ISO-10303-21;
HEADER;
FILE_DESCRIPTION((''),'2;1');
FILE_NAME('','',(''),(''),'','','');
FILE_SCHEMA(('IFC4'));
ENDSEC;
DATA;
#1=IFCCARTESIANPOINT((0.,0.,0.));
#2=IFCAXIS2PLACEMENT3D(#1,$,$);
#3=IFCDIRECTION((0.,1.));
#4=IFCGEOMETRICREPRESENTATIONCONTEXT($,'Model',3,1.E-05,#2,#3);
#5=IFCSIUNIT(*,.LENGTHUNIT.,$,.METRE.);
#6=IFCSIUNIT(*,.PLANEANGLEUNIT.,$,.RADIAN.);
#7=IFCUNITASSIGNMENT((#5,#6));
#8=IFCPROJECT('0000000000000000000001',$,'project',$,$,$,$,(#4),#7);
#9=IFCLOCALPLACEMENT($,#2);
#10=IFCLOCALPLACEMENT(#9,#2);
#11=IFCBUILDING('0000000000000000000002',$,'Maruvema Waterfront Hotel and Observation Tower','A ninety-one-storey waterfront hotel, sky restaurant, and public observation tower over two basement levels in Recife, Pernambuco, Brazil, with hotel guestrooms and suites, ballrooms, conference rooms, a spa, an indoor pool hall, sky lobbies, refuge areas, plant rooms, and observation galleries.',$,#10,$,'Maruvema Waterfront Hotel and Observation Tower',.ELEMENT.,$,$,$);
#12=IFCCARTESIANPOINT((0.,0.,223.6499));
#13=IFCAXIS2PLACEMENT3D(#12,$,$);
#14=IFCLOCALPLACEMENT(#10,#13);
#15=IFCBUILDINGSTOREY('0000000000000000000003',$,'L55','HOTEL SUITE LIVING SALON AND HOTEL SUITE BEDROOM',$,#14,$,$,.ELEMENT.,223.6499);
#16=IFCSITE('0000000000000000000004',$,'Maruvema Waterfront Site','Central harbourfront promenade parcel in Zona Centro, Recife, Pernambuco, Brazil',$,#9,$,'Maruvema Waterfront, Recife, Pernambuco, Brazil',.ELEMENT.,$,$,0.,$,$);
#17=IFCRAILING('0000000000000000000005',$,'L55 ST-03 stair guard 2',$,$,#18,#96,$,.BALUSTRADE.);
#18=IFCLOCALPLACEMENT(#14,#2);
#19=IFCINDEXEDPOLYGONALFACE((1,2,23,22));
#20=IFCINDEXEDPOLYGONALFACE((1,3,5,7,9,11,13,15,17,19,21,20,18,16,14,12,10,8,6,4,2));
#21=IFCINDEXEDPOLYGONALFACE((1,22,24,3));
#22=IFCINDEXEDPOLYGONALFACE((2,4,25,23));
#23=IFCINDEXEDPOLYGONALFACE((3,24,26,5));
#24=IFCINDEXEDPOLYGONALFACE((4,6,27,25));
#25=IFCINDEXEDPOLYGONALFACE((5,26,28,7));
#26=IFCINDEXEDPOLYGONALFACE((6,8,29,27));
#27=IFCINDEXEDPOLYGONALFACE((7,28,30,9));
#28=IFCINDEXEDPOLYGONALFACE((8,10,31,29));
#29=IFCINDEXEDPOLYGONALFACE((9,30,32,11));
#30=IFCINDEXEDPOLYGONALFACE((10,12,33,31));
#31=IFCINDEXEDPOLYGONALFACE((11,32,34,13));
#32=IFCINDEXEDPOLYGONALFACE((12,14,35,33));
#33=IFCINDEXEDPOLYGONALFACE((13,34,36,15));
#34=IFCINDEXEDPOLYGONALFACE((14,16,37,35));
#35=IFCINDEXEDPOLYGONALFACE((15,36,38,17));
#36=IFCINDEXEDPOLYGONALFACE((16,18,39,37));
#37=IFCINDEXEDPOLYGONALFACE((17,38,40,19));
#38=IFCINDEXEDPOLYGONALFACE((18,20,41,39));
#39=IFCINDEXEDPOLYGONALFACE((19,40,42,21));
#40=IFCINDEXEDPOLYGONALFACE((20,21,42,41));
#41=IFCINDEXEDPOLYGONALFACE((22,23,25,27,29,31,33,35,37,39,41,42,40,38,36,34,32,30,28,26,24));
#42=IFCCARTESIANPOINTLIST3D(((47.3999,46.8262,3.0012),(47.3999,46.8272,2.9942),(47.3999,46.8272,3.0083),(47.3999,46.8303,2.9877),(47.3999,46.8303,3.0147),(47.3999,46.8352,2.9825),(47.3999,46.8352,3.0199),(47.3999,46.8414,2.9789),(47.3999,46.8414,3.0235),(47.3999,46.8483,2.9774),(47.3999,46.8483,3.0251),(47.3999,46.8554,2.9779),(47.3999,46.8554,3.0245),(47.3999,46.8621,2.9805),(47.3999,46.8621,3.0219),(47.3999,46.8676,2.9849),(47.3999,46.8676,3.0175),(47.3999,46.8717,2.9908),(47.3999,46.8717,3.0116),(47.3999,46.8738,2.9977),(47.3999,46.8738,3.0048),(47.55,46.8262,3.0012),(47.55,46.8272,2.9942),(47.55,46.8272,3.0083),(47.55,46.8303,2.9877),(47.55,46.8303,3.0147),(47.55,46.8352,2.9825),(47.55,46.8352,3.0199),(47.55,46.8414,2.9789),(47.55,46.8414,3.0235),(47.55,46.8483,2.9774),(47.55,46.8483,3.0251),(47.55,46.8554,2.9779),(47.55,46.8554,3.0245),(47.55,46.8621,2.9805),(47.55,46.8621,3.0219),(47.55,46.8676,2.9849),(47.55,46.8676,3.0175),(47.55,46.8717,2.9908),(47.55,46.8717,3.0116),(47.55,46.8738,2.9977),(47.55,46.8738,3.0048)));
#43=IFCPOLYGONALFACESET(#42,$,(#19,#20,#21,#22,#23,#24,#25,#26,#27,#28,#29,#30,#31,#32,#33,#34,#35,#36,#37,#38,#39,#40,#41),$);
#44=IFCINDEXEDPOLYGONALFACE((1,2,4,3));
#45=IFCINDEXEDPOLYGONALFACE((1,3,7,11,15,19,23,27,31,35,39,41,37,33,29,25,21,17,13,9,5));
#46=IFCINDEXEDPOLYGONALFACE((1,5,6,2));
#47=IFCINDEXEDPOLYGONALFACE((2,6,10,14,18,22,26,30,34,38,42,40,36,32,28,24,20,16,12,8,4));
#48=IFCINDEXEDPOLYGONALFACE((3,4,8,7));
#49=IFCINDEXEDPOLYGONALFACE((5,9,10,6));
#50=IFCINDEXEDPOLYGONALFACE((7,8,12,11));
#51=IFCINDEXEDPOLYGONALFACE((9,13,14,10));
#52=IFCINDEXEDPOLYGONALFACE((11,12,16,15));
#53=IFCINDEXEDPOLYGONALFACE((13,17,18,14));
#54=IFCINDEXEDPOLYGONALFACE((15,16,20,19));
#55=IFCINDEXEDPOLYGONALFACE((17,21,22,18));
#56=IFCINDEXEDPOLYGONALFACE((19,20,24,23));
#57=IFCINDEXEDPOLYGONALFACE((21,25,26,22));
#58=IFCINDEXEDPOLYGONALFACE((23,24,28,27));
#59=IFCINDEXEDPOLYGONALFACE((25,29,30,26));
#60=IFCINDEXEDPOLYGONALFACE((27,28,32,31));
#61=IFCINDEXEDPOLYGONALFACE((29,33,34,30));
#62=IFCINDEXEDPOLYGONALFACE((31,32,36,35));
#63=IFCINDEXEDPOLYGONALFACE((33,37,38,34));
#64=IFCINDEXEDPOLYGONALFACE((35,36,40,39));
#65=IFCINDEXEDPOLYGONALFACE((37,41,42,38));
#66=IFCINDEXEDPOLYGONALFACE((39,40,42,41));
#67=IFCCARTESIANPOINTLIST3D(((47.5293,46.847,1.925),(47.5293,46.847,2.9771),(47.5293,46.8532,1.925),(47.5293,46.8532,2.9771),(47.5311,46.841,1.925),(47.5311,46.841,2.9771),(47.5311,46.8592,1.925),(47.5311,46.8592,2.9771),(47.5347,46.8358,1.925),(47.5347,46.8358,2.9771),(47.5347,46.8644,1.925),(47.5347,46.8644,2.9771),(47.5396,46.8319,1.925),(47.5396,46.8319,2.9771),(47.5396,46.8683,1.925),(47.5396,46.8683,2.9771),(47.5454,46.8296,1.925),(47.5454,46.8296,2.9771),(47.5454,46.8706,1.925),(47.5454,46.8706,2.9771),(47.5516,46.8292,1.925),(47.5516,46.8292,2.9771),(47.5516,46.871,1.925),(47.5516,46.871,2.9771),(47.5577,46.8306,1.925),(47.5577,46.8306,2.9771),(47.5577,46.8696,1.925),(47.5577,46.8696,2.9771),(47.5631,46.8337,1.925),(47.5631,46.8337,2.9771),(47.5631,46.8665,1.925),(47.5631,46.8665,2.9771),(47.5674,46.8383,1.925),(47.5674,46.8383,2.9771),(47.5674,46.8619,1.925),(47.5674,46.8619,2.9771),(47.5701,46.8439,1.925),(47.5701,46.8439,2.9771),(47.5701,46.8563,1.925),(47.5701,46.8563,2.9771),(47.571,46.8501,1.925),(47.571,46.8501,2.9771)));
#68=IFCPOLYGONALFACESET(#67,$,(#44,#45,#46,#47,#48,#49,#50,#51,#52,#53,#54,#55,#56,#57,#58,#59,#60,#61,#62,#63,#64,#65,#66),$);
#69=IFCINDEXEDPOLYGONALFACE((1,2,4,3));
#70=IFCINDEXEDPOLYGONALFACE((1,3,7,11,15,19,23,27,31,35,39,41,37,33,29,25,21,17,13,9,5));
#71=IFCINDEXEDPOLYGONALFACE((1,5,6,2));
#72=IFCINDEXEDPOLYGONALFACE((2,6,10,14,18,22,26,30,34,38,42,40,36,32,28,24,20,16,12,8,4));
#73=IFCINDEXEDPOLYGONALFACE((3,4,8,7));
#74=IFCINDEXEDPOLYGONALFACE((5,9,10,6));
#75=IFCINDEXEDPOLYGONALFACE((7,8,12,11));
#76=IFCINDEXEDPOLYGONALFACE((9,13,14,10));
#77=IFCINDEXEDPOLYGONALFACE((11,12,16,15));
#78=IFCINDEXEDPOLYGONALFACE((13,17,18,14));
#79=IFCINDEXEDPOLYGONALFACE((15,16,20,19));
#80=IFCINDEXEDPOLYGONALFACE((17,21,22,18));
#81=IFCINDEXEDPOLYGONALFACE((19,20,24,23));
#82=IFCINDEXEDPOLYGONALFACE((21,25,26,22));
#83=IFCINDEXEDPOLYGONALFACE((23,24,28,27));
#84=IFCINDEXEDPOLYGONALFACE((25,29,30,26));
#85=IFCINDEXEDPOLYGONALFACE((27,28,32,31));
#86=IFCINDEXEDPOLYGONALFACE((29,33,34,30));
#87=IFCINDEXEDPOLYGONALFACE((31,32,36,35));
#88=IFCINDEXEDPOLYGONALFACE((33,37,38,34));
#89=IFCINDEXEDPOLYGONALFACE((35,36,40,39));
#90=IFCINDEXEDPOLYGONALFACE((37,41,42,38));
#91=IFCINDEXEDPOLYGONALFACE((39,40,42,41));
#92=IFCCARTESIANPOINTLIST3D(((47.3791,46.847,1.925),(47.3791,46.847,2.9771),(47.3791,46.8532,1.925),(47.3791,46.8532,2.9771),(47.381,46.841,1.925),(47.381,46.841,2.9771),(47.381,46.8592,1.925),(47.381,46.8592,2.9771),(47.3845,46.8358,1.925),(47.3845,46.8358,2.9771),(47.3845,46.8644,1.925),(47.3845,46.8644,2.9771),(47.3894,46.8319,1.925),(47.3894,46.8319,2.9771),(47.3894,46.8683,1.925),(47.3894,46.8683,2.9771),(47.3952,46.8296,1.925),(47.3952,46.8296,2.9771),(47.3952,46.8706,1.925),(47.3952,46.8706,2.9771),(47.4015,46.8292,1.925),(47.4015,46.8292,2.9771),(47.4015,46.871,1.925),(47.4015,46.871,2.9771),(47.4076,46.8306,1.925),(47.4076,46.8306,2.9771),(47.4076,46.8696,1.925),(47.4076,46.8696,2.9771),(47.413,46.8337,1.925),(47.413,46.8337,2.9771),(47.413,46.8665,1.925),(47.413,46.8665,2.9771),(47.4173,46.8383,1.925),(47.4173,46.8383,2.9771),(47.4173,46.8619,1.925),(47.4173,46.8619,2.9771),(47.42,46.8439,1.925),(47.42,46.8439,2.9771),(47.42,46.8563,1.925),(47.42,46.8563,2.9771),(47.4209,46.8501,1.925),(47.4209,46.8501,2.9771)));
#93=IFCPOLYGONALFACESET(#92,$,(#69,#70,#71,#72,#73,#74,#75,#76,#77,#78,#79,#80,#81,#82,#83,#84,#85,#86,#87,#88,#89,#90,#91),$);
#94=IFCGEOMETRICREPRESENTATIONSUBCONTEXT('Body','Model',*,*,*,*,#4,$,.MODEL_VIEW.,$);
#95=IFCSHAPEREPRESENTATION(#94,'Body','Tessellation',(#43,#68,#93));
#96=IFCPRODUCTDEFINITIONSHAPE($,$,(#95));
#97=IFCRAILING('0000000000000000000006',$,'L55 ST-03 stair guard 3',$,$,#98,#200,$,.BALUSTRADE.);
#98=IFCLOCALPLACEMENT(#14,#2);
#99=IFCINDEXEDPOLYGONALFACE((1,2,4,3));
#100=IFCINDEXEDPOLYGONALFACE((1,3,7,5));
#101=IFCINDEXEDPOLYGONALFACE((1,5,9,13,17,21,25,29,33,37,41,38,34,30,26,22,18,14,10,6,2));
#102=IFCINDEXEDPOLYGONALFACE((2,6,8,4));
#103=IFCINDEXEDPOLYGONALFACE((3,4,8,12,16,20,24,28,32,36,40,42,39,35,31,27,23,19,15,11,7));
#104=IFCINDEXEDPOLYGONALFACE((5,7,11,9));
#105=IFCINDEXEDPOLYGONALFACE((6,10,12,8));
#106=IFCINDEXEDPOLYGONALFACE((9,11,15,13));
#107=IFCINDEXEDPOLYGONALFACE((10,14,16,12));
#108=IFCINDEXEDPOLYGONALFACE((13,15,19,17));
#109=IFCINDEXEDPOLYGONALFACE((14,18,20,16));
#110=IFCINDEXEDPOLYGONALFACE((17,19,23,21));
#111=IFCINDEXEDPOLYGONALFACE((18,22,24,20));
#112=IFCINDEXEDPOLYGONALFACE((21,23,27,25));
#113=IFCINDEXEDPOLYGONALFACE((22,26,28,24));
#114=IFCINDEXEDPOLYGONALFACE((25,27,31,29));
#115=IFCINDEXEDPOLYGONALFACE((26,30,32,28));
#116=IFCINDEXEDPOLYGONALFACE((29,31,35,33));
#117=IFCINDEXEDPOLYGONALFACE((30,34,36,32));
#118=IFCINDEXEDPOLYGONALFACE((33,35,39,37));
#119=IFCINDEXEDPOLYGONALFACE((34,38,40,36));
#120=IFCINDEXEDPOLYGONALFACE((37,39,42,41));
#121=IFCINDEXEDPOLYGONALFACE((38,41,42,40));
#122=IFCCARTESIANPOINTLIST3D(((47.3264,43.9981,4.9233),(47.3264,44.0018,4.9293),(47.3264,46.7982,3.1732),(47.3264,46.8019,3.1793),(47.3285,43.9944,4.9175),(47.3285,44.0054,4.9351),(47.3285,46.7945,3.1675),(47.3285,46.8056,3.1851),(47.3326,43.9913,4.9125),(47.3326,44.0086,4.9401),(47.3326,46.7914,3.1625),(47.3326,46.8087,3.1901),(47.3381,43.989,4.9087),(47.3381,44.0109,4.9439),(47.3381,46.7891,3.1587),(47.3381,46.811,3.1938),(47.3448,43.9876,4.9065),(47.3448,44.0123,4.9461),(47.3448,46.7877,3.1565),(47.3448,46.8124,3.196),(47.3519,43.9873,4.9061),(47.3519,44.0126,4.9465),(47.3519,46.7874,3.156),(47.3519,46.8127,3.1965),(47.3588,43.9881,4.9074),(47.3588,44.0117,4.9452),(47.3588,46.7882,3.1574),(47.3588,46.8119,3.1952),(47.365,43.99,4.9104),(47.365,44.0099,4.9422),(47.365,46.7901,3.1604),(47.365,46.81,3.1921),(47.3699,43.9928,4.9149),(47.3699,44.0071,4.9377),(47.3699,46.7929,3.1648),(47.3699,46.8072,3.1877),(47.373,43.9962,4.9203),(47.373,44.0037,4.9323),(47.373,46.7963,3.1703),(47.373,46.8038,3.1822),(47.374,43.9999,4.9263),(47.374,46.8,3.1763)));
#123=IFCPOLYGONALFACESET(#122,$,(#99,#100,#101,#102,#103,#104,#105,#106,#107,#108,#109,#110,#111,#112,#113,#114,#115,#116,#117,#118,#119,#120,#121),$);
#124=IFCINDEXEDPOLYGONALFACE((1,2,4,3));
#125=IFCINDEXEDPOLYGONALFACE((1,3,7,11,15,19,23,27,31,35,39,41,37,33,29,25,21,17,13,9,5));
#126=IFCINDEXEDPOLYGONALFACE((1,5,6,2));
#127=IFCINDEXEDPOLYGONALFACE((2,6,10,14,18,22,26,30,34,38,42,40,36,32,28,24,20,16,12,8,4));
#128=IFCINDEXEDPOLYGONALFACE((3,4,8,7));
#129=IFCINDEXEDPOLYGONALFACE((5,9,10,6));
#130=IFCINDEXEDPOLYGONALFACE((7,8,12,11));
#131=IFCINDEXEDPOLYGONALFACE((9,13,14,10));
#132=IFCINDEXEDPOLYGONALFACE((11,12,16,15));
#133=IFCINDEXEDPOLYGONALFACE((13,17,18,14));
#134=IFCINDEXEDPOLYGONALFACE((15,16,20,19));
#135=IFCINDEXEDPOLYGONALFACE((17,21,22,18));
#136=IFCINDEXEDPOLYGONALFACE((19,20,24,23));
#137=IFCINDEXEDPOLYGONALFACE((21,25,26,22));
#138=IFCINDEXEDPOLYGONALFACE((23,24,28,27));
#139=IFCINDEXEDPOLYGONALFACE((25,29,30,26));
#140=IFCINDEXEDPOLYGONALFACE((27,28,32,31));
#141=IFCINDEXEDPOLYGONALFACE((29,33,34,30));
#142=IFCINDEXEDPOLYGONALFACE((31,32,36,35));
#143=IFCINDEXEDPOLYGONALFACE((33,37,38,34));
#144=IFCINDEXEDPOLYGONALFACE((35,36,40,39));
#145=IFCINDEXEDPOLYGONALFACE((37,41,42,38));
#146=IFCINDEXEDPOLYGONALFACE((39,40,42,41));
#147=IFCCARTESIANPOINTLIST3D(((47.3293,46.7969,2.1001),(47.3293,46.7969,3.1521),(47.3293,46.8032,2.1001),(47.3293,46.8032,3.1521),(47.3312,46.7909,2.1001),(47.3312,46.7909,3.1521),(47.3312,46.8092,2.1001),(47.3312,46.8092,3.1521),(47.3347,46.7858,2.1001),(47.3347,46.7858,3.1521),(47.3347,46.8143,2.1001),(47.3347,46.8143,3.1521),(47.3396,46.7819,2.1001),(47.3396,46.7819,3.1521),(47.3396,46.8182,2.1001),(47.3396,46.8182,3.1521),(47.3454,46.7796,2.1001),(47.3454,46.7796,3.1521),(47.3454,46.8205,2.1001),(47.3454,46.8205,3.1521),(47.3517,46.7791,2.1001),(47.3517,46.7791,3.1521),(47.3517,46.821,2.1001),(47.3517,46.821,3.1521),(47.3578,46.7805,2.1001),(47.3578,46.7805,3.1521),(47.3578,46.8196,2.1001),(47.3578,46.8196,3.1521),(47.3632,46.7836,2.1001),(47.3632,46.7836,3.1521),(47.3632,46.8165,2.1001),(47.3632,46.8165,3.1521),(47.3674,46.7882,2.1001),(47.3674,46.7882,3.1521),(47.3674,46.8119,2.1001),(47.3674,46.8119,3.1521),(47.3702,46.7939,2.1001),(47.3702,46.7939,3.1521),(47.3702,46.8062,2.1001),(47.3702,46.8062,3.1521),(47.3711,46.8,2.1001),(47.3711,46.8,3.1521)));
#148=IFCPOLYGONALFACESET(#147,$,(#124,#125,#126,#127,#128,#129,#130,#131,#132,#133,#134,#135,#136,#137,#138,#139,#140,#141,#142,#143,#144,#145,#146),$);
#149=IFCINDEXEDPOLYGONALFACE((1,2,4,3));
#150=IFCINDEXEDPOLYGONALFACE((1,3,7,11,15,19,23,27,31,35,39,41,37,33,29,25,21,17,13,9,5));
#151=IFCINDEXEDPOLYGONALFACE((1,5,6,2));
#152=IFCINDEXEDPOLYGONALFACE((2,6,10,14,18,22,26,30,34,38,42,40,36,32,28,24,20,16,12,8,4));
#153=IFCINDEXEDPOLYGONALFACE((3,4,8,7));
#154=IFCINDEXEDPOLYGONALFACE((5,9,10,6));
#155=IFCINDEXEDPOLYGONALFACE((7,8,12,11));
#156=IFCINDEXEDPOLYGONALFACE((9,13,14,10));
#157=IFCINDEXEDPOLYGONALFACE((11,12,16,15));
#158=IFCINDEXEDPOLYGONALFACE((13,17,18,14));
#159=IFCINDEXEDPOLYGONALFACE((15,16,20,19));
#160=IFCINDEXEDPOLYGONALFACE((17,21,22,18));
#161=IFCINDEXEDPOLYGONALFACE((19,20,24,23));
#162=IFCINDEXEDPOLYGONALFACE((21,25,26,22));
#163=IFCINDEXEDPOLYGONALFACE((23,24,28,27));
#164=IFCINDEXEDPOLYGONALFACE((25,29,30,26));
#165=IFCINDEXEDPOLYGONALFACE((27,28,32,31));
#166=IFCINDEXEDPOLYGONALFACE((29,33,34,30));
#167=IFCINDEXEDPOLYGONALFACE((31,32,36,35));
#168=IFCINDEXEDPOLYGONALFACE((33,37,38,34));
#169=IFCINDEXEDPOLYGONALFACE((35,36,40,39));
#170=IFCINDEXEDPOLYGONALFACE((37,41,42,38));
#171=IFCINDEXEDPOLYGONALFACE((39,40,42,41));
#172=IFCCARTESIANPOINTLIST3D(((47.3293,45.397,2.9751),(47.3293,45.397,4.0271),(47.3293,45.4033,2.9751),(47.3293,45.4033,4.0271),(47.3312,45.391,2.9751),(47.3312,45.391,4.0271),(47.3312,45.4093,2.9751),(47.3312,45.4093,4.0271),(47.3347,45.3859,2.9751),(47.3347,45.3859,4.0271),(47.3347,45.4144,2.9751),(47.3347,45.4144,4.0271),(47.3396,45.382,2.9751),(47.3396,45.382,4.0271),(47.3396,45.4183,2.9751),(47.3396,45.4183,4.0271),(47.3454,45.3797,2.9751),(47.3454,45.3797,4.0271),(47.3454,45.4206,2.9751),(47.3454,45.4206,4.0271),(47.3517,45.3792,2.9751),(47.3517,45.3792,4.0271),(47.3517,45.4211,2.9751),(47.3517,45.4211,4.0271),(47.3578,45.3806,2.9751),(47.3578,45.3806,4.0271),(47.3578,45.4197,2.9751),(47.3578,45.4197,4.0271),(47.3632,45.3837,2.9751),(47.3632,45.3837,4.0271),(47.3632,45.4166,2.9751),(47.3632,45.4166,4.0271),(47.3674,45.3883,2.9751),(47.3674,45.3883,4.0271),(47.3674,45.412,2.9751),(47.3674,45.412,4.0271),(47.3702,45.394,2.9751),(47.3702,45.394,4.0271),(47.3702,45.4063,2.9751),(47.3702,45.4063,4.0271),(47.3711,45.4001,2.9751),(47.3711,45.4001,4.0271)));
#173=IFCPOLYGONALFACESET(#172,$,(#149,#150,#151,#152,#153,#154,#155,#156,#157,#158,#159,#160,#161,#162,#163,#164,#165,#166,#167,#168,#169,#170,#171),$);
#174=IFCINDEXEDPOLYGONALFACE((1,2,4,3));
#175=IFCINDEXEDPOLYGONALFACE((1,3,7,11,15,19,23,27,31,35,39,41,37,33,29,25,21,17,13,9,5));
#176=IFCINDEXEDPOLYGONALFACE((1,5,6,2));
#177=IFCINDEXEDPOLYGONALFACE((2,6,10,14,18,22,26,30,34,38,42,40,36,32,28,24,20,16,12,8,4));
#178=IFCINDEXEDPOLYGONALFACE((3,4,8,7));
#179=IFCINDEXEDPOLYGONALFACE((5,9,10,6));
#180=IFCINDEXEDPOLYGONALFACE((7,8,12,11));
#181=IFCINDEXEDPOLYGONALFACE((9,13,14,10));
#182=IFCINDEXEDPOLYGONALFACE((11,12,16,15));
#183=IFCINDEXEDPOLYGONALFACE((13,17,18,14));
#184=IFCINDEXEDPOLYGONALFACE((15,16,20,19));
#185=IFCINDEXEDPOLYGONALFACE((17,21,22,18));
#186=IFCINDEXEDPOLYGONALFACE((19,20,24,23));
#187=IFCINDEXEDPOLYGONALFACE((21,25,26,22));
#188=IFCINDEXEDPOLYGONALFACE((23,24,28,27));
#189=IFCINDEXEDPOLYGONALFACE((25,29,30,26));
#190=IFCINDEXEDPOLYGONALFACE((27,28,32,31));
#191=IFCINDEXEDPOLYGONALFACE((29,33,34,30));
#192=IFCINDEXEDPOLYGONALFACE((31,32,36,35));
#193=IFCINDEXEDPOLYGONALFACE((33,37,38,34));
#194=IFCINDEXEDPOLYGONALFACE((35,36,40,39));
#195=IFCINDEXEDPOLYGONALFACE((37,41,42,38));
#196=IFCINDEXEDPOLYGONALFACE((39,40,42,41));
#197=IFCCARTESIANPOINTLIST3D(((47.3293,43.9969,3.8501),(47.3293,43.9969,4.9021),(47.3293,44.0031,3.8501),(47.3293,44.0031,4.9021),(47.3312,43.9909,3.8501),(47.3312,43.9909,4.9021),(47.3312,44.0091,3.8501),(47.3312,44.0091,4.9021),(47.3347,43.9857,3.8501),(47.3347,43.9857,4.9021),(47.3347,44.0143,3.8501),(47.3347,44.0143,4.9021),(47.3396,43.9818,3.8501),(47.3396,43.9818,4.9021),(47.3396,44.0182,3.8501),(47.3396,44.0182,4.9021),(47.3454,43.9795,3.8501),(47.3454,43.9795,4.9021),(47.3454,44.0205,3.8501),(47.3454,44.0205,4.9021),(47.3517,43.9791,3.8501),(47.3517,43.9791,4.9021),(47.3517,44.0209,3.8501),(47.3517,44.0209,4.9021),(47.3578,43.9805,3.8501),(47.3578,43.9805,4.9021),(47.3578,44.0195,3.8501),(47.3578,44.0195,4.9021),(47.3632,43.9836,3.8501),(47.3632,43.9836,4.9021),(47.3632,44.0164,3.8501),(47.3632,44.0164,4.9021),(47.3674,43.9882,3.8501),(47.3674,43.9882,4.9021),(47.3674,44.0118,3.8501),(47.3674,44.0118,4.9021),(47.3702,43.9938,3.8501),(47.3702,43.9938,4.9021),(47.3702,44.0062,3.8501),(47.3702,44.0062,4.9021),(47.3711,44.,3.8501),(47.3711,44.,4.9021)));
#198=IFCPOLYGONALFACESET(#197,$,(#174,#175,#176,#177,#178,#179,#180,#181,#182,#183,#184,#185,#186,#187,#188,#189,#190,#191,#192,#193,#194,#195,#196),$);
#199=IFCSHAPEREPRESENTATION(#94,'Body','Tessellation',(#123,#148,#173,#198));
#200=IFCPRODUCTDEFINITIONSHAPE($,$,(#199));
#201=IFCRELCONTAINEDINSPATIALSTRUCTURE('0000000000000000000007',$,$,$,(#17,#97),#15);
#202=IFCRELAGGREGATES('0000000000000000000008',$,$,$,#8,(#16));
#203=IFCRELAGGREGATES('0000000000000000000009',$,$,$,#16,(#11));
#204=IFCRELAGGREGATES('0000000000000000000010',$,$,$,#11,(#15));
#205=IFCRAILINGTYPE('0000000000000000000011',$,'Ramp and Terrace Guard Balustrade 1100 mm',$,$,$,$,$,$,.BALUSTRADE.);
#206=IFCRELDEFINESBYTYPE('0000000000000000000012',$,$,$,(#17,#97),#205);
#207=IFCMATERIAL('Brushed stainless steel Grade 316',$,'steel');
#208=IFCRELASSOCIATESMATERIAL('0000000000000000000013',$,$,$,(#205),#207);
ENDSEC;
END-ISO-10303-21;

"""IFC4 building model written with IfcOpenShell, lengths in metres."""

from ifc_helpers import new_model, si_unit, direction, frame, origin, origin_2d, place, context, subcontext, project, spatial, circle, extrude, material, type_object, element, save


model = new_model("IFC4")

# Units and contexts
model_context = context("Model", 3, precision=1e-05, world=origin(), true_north=direction((0.0, 1.0)))
body_context = subcontext(model_context, "Body", "Model", "MODEL_VIEW")
ifc_project = project(units=[si_unit("LENGTHUNIT", "METRE"), si_unit("PLANEANGLEUNIT", "RADIAN")], contexts=[model_context])

# Site, building, storey
site_placement = place(None, origin())
site = spatial("IfcSite", under=ifc_project, at=site_placement, Name="Maruvema Waterfront Site", Description="Central harbourfront promenade parcel in Zona Centro, Recife, Pernambuco, Brazil", LongName="Maruvema Waterfront, Recife, Pernambuco, Brazil", CompositionType="ELEMENT", RefElevation=0.0)
building_placement = place(site_placement, origin())
building = spatial("IfcBuilding", under=site, at=building_placement, Name="Maruvema Waterfront Hotel and Observation Tower", Description="A ninety-one-storey waterfront hotel, sky restaurant, and public observation tower over two basement levels in Recife, Pernambuco, Brazil, with hotel guestrooms and suites, ballrooms, conference rooms, a spa, an indoor pool hall, sky lobbies, refuge areas, plant rooms, and observation galleries.", LongName="Maruvema Waterfront Hotel and Observation Tower", CompositionType="ELEMENT")
storey_placement = place(building_placement, frame((0.0, 0.0, 223.6499)))
storey = spatial("IfcBuildingStorey", under=building, at=storey_placement, Name="L55", Description="HOTEL SUITE LIVING SALON AND HOTEL SUITE BEDROOM", CompositionType="ELEMENT", Elevation=223.6499)

# Railings
ifc_material_1 = material(Name="Brushed stainless steel Grade 316", Category="steel")
railing_type_1 = type_object("IfcRailingType", Name="Ramp and Terrace Guard Balustrade 1100 mm", PredefinedType="BALUSTRADE", material=ifc_material_1)
railing_1_placement = place(storey_placement, frame((47.55, 46.8501, 1.925)))
element("IfcRailing", 1, at=railing_1_placement, inside=storey, type_object=railing_type_1, Name="L55 ST-03 stair guard 2", PredefinedType="BALUSTRADE", context=body_context, shape_type="SweptSolid", body=[
    extrude(circle(Radius=0.0239, at=origin_2d()), frame((0.0, 0.0, 1.0762), z_axis=(-1.0, 0.0, 0.0), x_axis=(0.0, -1.0, 0.0)), (0.0, 0.0, 1.0), 0.1501),
    extrude(circle(Radius=0.021, at=origin_2d()), origin(), (0.0, 0.0, 1.0), 1.052),
    extrude(circle(Radius=0.021, at=origin_2d()), frame((-0.1501, 0.0, 0.0)), (0.0, 0.0, 1.0), 1.052),
])
railing_2_placement = place(storey_placement, frame((47.3501, 46.8, 2.1001)))
element("IfcRailing", 2, at=railing_2_placement, inside=storey, type_object=railing_type_1, Name="L55 ST-03 stair guard 3", PredefinedType="BALUSTRADE", context=body_context, shape_type="SweptSolid", body=[
    extrude(circle(Radius=0.0239, at=origin_2d()), frame((0.0, 0.0, 1.0762), z_axis=(0.0, -0.848002, 0.529992), x_axis=(1.0, 0.0, 0.0)), (0.0, 0.0, 1.0), 3.302),
    extrude(circle(Radius=0.021, at=origin_2d()), origin(), (0.0, 0.0, 1.0), 1.052),
    extrude(circle(Radius=0.021, at=origin_2d()), frame((0.0, -1.3999, 0.875)), (0.0, 0.0, 1.0), 1.052),
    extrude(circle(Radius=0.021, at=origin_2d()), frame((0.0, -2.8, 1.75)), (0.0, 0.0, 1.0), 1.052),
])

save(model, "model.ifc")
